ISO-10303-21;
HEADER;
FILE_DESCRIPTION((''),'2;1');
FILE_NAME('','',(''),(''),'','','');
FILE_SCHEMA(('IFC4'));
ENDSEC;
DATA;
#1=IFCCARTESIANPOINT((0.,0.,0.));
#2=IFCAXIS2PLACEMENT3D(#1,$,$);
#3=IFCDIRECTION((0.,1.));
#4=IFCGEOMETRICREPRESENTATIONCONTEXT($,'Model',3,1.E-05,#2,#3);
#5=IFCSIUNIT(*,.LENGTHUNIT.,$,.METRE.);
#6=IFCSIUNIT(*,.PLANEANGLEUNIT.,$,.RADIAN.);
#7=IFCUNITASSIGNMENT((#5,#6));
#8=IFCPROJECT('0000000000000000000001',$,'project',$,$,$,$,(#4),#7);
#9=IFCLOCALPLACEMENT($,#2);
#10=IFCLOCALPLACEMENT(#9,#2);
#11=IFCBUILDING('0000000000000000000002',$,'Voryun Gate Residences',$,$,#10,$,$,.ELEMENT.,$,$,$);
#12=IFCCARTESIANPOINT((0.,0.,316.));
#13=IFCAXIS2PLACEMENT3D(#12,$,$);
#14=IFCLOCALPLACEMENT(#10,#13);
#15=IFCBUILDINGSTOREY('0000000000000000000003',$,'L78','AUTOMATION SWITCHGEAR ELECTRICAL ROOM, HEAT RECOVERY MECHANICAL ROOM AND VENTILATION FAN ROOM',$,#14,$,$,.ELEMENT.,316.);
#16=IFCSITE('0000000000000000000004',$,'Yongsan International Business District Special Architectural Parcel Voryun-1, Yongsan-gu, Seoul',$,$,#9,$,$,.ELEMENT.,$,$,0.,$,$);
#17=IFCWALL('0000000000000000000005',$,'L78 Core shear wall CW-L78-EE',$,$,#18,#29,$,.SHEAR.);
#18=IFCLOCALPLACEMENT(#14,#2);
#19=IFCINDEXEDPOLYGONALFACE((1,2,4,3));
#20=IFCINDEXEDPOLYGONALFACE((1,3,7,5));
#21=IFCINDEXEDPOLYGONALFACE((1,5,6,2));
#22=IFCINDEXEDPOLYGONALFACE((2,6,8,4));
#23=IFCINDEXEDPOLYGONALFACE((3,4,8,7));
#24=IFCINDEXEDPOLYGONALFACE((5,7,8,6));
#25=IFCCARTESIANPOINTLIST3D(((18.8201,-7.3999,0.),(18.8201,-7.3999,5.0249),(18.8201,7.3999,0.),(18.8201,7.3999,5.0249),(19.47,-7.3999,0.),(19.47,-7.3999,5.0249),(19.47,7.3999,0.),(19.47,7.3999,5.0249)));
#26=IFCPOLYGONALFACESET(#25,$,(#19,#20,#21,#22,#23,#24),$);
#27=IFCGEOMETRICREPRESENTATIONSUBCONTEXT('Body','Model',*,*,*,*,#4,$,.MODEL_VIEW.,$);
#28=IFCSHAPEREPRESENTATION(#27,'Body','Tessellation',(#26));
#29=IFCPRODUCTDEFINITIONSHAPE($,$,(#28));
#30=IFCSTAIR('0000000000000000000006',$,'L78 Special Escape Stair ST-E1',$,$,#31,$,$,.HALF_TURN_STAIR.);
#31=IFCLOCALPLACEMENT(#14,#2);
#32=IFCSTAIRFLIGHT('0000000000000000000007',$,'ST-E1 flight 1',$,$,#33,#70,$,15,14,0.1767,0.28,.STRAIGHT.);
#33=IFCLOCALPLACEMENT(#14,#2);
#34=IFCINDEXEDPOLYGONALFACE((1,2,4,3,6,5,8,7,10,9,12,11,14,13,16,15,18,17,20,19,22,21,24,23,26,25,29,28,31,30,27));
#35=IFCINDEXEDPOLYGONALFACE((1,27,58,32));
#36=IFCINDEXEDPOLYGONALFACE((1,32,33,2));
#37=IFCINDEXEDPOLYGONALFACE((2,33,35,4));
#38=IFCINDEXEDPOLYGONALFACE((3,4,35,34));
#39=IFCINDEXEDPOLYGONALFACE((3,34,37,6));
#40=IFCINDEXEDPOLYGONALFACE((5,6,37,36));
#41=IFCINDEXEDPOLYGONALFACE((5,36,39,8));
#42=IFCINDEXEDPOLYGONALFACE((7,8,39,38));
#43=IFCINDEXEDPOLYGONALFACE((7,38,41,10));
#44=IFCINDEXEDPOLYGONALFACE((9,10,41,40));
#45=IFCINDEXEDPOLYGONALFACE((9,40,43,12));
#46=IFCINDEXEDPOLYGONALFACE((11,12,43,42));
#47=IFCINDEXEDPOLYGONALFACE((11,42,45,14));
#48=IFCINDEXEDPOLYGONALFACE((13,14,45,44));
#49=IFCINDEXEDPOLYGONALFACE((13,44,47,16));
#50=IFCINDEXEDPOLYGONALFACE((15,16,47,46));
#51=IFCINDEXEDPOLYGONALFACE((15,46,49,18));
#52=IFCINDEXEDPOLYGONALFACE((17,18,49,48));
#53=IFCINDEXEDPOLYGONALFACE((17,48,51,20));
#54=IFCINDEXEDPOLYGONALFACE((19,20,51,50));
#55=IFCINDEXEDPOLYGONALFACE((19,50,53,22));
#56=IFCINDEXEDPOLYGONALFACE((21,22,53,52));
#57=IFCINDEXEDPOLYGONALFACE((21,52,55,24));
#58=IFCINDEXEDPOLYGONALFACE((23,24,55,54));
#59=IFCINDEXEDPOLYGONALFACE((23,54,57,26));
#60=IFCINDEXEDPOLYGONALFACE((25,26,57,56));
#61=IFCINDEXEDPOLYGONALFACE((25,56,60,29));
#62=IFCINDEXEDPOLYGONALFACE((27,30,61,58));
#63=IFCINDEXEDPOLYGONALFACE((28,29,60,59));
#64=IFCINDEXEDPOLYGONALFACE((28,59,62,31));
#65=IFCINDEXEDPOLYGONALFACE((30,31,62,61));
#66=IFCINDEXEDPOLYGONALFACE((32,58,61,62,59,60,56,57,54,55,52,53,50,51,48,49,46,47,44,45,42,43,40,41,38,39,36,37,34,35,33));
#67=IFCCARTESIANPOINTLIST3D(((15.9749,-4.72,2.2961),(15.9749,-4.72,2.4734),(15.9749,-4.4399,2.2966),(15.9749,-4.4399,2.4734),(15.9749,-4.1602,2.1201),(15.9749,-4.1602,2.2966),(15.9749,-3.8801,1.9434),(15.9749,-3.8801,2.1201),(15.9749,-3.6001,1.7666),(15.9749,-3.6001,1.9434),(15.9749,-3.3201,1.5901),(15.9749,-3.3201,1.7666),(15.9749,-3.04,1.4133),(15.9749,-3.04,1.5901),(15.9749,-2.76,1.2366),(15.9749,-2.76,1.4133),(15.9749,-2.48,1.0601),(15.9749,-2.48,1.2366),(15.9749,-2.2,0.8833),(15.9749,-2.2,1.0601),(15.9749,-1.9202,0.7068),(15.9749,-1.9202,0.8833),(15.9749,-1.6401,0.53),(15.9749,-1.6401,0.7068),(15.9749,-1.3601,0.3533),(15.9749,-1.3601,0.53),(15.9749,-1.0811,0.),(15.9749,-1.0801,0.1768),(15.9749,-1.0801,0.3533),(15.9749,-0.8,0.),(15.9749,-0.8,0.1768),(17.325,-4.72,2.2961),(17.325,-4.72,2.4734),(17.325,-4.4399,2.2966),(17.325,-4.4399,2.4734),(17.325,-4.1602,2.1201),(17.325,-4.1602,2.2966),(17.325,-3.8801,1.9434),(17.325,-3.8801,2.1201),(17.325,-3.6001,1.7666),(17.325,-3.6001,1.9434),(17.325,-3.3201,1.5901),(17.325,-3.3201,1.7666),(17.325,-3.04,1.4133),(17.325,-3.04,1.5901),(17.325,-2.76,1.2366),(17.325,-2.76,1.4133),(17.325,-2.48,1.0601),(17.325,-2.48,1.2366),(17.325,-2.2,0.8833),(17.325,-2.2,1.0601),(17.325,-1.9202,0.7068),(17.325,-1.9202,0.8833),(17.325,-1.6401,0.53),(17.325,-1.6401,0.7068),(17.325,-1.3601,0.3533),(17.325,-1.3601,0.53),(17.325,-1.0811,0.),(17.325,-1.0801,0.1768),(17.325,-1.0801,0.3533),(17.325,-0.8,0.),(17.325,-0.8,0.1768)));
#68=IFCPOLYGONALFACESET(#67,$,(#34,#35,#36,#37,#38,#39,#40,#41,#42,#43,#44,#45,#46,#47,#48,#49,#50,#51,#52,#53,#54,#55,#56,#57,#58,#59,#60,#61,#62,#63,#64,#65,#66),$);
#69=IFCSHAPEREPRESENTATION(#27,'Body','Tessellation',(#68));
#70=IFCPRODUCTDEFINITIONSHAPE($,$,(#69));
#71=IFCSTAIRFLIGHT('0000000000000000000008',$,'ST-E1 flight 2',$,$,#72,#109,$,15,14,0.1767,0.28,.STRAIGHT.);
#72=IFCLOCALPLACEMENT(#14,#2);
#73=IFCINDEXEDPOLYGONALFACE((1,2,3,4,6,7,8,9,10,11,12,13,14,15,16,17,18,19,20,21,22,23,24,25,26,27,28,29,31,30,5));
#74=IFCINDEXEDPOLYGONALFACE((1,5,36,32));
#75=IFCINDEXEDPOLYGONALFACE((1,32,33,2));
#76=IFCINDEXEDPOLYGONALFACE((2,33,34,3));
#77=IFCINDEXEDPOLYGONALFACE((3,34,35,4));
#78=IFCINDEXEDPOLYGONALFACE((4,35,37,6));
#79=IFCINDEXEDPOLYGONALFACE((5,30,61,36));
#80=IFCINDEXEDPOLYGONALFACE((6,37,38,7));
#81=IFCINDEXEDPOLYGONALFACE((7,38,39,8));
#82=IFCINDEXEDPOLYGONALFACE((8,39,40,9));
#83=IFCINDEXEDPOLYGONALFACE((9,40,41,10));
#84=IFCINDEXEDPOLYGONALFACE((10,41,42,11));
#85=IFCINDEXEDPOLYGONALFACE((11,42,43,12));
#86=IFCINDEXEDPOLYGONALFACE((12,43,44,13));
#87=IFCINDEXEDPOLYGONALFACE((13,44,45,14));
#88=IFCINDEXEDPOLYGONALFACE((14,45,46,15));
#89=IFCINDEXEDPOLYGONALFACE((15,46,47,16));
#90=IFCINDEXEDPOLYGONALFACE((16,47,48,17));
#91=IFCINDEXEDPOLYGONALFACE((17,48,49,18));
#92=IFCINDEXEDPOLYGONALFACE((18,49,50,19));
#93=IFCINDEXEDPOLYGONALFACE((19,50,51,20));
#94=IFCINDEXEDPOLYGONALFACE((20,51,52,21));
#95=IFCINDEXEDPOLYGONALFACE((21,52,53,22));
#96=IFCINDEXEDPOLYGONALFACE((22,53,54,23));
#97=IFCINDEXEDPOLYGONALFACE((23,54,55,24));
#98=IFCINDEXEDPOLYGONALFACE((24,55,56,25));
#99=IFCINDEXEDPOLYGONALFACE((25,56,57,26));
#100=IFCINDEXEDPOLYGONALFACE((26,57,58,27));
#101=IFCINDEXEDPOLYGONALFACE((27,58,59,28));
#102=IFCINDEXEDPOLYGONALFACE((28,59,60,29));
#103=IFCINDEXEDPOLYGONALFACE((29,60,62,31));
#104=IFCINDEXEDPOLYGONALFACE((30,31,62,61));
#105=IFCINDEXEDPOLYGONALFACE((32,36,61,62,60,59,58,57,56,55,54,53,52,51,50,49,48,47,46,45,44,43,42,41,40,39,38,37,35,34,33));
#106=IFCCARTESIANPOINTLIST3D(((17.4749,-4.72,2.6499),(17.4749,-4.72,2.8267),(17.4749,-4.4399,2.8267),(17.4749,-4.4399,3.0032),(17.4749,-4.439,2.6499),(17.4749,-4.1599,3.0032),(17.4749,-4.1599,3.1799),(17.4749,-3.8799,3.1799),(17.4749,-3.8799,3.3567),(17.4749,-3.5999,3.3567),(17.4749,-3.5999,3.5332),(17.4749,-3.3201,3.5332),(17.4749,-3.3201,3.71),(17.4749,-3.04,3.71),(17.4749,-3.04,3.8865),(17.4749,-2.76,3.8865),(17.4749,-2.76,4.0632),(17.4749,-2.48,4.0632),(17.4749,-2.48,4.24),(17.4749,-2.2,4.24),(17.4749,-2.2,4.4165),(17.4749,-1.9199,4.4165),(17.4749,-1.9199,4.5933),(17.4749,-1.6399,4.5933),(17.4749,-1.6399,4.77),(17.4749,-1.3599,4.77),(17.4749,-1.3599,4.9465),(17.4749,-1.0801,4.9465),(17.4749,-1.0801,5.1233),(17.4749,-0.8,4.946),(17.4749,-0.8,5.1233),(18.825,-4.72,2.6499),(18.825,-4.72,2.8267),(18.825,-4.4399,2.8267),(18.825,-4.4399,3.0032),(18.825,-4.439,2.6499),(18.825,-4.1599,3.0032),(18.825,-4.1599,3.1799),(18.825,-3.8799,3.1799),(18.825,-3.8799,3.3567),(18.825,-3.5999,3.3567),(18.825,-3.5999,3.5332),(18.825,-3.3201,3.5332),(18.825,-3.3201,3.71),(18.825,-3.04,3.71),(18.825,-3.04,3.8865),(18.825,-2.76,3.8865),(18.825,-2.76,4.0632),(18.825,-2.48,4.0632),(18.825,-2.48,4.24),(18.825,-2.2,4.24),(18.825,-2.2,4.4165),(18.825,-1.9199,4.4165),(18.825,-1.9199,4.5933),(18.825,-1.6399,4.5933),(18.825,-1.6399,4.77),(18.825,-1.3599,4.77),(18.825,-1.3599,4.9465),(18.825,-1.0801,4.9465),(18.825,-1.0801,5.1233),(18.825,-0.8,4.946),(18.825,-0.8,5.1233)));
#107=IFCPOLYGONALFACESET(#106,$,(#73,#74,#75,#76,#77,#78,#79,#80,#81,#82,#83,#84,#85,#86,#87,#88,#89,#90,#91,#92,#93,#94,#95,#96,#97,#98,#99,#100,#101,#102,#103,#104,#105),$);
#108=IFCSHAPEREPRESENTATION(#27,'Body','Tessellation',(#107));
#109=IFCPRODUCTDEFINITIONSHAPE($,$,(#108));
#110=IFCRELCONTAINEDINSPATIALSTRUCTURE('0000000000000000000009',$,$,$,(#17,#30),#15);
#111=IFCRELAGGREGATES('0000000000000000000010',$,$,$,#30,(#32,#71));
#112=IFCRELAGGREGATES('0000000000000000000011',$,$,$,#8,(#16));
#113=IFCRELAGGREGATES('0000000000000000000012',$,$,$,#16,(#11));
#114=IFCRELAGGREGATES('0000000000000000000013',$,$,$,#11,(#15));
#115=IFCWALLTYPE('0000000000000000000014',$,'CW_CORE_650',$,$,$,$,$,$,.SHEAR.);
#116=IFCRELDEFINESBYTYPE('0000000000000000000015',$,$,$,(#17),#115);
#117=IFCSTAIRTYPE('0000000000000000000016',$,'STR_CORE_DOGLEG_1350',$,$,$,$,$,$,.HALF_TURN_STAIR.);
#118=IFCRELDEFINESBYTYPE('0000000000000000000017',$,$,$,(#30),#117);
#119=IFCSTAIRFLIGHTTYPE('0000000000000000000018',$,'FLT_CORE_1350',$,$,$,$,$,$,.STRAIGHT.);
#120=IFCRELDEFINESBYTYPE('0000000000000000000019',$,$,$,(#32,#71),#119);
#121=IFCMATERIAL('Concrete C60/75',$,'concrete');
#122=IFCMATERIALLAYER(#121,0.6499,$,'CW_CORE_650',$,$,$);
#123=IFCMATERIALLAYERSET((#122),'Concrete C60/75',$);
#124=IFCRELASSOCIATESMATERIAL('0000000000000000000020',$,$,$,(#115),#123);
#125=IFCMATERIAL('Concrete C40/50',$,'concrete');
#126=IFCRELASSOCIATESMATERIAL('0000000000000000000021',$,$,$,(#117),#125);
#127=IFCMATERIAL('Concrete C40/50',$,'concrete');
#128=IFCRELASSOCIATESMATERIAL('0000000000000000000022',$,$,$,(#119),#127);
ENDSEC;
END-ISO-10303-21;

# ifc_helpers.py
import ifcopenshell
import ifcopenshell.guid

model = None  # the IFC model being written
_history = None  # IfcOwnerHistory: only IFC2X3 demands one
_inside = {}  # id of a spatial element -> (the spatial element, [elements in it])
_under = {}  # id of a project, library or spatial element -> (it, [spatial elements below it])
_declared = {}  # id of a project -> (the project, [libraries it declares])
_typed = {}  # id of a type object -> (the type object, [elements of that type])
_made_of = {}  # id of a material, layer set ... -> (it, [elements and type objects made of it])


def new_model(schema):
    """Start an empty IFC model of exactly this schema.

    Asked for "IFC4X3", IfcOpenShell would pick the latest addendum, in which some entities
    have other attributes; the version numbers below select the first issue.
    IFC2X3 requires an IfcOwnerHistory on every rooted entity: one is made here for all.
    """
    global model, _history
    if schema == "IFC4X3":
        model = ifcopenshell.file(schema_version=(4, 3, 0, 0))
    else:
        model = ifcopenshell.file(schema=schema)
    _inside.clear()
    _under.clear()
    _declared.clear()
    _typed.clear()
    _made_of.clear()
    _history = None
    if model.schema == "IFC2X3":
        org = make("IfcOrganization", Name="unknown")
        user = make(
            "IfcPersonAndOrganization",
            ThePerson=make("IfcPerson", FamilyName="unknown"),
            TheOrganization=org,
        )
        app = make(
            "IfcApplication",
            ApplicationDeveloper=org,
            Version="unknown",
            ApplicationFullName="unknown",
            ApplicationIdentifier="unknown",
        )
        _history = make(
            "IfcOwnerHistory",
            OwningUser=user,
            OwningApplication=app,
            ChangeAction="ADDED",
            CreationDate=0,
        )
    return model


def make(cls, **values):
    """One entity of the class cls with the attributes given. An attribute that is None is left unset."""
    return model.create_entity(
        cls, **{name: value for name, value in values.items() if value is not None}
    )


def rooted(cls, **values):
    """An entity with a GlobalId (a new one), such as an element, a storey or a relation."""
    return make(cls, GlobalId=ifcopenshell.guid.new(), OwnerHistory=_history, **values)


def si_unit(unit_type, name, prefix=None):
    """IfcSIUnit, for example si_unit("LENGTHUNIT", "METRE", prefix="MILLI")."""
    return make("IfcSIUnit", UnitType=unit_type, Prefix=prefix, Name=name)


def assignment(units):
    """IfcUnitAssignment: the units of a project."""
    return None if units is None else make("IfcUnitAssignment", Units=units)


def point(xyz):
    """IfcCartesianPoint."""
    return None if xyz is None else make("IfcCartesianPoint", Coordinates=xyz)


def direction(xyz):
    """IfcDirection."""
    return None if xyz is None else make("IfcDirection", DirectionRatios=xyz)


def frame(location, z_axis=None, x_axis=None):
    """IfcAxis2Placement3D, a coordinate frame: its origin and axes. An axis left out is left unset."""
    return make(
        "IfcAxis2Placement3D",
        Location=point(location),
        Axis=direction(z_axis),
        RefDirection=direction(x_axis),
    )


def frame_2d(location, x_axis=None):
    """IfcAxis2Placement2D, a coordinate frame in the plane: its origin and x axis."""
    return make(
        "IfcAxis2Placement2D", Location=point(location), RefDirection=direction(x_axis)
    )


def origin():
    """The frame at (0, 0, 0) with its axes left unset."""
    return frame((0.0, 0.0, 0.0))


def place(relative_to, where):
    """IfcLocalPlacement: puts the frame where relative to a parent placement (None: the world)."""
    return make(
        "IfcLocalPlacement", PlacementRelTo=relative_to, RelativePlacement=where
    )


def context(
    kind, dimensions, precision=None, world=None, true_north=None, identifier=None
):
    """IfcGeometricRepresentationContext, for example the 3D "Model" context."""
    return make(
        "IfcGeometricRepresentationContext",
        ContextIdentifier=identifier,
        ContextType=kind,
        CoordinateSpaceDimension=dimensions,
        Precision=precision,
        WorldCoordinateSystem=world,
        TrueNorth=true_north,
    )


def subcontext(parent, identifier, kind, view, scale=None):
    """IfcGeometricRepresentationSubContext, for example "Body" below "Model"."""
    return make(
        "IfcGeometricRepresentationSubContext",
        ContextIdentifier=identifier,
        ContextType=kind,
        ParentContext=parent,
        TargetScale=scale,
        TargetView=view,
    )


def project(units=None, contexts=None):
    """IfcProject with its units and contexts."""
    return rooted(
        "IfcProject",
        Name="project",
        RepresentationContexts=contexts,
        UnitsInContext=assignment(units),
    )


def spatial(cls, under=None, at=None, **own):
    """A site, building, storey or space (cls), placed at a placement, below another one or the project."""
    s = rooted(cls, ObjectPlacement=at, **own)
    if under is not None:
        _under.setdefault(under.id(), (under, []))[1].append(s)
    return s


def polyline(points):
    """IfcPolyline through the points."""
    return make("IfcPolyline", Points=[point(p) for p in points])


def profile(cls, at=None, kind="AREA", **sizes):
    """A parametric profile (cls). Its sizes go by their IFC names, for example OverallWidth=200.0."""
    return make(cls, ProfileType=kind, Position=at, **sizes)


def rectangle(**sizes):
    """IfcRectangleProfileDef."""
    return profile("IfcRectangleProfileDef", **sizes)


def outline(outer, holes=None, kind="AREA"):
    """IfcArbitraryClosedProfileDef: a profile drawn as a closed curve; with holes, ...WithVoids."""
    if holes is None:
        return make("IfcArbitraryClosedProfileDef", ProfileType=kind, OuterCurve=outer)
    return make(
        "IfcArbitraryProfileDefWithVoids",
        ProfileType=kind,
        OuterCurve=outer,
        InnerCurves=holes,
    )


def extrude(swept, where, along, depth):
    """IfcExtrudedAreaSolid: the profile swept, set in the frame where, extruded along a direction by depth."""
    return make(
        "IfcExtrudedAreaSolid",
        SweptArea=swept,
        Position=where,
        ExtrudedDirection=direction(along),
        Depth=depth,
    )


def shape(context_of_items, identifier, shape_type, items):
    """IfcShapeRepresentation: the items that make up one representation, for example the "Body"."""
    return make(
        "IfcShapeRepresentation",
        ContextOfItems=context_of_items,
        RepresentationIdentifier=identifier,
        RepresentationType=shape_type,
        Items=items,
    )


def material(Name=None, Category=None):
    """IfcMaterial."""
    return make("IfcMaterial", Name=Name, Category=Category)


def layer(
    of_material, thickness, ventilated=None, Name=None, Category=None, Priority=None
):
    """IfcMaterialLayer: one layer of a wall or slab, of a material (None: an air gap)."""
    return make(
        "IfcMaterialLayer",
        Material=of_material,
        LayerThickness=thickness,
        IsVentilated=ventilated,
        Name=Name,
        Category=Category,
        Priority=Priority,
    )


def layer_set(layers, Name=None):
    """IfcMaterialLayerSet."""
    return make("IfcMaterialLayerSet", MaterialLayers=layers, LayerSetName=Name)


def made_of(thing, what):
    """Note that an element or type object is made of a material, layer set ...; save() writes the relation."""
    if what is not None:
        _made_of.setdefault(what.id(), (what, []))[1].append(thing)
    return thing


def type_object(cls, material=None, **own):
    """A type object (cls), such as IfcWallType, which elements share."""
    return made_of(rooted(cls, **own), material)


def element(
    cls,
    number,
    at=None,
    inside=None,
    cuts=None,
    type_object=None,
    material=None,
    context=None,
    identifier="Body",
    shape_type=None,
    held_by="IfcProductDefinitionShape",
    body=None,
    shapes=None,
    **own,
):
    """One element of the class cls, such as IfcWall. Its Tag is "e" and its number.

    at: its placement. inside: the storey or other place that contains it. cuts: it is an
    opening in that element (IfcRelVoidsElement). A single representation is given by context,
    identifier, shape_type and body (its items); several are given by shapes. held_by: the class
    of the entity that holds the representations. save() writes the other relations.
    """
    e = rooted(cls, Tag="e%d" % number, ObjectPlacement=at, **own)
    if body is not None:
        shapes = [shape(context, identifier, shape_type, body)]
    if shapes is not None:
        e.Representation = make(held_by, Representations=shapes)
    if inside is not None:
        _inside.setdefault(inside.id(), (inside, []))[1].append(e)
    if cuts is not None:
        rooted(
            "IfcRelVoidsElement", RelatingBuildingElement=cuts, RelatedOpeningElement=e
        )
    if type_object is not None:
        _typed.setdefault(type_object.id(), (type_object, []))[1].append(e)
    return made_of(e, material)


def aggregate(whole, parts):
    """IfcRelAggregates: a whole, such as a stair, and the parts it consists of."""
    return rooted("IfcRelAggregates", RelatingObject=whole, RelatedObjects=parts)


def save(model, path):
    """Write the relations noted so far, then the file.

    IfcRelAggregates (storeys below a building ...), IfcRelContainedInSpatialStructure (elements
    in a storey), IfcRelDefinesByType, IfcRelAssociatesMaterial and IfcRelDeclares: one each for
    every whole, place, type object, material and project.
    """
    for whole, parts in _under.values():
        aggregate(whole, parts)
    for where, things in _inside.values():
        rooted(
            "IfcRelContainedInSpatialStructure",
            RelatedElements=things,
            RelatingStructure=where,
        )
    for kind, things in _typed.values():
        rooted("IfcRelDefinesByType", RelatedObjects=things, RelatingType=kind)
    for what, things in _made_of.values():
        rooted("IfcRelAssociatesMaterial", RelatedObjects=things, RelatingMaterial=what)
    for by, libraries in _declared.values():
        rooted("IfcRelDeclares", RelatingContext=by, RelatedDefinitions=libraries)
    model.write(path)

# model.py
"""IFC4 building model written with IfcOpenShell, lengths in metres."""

from ifc_helpers import new_model, si_unit, direction, frame, frame_2d, origin, place, context, subcontext, project, spatial, polyline, rectangle, outline, extrude, material, layer, layer_set, type_object, element, aggregate, save


model = new_model("IFC4")

# Units and contexts
model_context = context("Model", 3, precision=1e-05, world=origin(), true_north=direction((0.0, 1.0)))
body_context = subcontext(model_context, "Body", "Model", "MODEL_VIEW")
ifc_project = project(units=[si_unit("LENGTHUNIT", "METRE"), si_unit("PLANEANGLEUNIT", "RADIAN")], contexts=[model_context])

# Site, building, storey
site_placement = place(None, origin())
site = spatial("IfcSite", under=ifc_project, at=site_placement, Name="Yongsan International Business District Special Architectural Parcel Voryun-1, Yongsan-gu, Seoul", CompositionType="ELEMENT", RefElevation=0.0)
building_placement = place(site_placement, origin())
building = spatial("IfcBuilding", under=site, at=building_placement, Name="Voryun Gate Residences", CompositionType="ELEMENT")
storey_placement = place(building_placement, frame((0.0, 0.0, 316.0)))
storey = spatial("IfcBuildingStorey", under=building, at=storey_placement, Name="L78", Description="AUTOMATION SWITCHGEAR ELECTRICAL ROOM, HEAT RECOVERY MECHANICAL ROOM AND VENTILATION FAN ROOM", CompositionType="ELEMENT", Elevation=316.0)

# Wall
ifc_material_1 = material(Name="Concrete C60/75", Category="concrete")
ifc_layer_1 = layer(ifc_material_1, 0.6499, Name="CW_CORE_650")
ifc_layer_set_1 = layer_set([ifc_layer_1], Name="Concrete C60/75")
wall_type = type_object("IfcWallType", Name="CW_CORE_650", PredefinedType="SHEAR", material=ifc_layer_set_1)
wall_placement = place(storey_placement, frame((19.145, -7.3999, 0.0), z_axis=(0.0, 0.0, 1.0), x_axis=(0.0, 1.0, 0.0)))
element("IfcWall", 1, at=wall_placement, inside=storey, type_object=wall_type, Name="L78 Core shear wall CW-L78-EE", PredefinedType="SHEAR", context=body_context, shape_type="SweptSolid", body=[
    extrude(rectangle(XDim=14.7998, YDim=0.6499, at=frame_2d((7.3999, 0.0))), origin(), (0.0, 0.0, 1.0), 5.0249),
])

# Stair, stair flights
ifc_material_2 = material(Name="Concrete C40/50", Category="concrete")
stair_type = type_object("IfcStairType", Name="STR_CORE_DOGLEG_1350", PredefinedType="HALF_TURN_STAIR", material=ifc_material_2)
stair_placement = place(storey_placement, origin())
stair = element("IfcStair", 2, at=stair_placement, inside=storey, type_object=stair_type, Name="L78 Special Escape Stair ST-E1", PredefinedType="HALF_TURN_STAIR")
ifc_material_3 = material(Name="Concrete C40/50", Category="concrete")
stair_flight_type = type_object("IfcStairFlightType", Name="FLT_CORE_1350", PredefinedType="STRAIGHT", material=ifc_material_3)
stair_flight_1_placement = place(storey_placement, frame((16.6499, -0.8, 0.0), z_axis=(0.0, 0.0, 1.0), x_axis=(0.0, -1.0, 0.0)))
stair_flight_1 = element("IfcStairFlight", 3, at=stair_flight_1_placement, type_object=stair_flight_type, Name="ST-E1 flight 1", NumberOfRisers=15, NumberOfTreads=14, PredefinedType="STRAIGHT", RiserHeight=0.1767, TreadLength=0.28, context=body_context, shape_type="SweptSolid", body=[
    extrude(outline(polyline([(0.0, 0.0), (0.0, 0.1768), (0.28, 0.1768), (0.28, 0.3533), (0.5601, 0.3533), (0.5601, 0.53), (0.8401, 0.53), (0.8401, 0.7068), (1.1201, 0.7068), (1.1201, 0.8833), (1.3999, 0.8833), (1.3999, 1.0601), (1.6799, 1.0601), (1.6799, 1.2366), (1.96, 1.2366), (1.96, 1.4133), (2.24, 1.4133), (2.24, 1.5901), (2.52, 1.5901), (2.52, 1.7666), (2.8, 1.7666), (2.8, 1.9434), (3.0801, 1.9434), (3.0801, 2.1201), (3.3601, 2.1201), (3.3601, 2.2966), (3.6399, 2.2966), (3.6399, 2.4734), (3.9199, 2.4734), (3.9199, 2.6499), (3.9199, 2.2961), (0.281, 0.0), (0.0, 0.0)])), frame((0.0, 0.675, 0.0), z_axis=(0.0, -1.0, 0.0), x_axis=(1.0, 0.0, 0.0)), (0.0, 0.0, 1.0), 1.3501),
])
stair_flight_2_placement = place(storey_placement, frame((18.1499, -4.72, 2.6499), z_axis=(0.0, 0.0, 1.0), x_axis=(0.0, 1.0, 0.0)))
stair_flight_2 = element("IfcStairFlight", 4, at=stair_flight_2_placement, type_object=stair_flight_type, Name="ST-E1 flight 2", NumberOfRisers=15, NumberOfTreads=14, PredefinedType="STRAIGHT", RiserHeight=0.1767, TreadLength=0.28, context=body_context, shape_type="SweptSolid", body=[
    extrude(outline(polyline([(0.0, 0.0), (0.0, 0.1768), (0.28, 0.1768), (0.28, 0.3533), (0.5601, 0.3533), (0.5601, 0.53), (0.8401, 0.53), (0.8401, 0.7068), (1.1201, 0.7068), (1.1201, 0.8833), (1.3999, 0.8833), (1.3999, 1.0601), (1.6799, 1.0601), (1.6799, 1.2366), (1.96, 1.2366), (1.96, 1.4133), (2.24, 1.4133), (2.24, 1.5901), (2.52, 1.5901), (2.52, 1.7666), (2.8, 1.7666), (2.8, 1.9434), (3.0801, 1.9434), (3.0801, 2.1201), (3.3601, 2.1201), (3.3601, 2.2966), (3.6399, 2.2966), (3.6399, 2.4734), (3.9199, 2.4734), (3.9199, 2.6499), (3.9199, 2.2961), (0.281, 0.0), (0.0, 0.0)])), frame((0.0, 0.675, 0.0), z_axis=(0.0, -1.0, 0.0), x_axis=(1.0, 0.0, 0.0)), (0.0, 0.0, 1.0), 1.3501),
])
aggregate(stair, [stair_flight_1, stair_flight_2])

save(model, "model.ifc")
